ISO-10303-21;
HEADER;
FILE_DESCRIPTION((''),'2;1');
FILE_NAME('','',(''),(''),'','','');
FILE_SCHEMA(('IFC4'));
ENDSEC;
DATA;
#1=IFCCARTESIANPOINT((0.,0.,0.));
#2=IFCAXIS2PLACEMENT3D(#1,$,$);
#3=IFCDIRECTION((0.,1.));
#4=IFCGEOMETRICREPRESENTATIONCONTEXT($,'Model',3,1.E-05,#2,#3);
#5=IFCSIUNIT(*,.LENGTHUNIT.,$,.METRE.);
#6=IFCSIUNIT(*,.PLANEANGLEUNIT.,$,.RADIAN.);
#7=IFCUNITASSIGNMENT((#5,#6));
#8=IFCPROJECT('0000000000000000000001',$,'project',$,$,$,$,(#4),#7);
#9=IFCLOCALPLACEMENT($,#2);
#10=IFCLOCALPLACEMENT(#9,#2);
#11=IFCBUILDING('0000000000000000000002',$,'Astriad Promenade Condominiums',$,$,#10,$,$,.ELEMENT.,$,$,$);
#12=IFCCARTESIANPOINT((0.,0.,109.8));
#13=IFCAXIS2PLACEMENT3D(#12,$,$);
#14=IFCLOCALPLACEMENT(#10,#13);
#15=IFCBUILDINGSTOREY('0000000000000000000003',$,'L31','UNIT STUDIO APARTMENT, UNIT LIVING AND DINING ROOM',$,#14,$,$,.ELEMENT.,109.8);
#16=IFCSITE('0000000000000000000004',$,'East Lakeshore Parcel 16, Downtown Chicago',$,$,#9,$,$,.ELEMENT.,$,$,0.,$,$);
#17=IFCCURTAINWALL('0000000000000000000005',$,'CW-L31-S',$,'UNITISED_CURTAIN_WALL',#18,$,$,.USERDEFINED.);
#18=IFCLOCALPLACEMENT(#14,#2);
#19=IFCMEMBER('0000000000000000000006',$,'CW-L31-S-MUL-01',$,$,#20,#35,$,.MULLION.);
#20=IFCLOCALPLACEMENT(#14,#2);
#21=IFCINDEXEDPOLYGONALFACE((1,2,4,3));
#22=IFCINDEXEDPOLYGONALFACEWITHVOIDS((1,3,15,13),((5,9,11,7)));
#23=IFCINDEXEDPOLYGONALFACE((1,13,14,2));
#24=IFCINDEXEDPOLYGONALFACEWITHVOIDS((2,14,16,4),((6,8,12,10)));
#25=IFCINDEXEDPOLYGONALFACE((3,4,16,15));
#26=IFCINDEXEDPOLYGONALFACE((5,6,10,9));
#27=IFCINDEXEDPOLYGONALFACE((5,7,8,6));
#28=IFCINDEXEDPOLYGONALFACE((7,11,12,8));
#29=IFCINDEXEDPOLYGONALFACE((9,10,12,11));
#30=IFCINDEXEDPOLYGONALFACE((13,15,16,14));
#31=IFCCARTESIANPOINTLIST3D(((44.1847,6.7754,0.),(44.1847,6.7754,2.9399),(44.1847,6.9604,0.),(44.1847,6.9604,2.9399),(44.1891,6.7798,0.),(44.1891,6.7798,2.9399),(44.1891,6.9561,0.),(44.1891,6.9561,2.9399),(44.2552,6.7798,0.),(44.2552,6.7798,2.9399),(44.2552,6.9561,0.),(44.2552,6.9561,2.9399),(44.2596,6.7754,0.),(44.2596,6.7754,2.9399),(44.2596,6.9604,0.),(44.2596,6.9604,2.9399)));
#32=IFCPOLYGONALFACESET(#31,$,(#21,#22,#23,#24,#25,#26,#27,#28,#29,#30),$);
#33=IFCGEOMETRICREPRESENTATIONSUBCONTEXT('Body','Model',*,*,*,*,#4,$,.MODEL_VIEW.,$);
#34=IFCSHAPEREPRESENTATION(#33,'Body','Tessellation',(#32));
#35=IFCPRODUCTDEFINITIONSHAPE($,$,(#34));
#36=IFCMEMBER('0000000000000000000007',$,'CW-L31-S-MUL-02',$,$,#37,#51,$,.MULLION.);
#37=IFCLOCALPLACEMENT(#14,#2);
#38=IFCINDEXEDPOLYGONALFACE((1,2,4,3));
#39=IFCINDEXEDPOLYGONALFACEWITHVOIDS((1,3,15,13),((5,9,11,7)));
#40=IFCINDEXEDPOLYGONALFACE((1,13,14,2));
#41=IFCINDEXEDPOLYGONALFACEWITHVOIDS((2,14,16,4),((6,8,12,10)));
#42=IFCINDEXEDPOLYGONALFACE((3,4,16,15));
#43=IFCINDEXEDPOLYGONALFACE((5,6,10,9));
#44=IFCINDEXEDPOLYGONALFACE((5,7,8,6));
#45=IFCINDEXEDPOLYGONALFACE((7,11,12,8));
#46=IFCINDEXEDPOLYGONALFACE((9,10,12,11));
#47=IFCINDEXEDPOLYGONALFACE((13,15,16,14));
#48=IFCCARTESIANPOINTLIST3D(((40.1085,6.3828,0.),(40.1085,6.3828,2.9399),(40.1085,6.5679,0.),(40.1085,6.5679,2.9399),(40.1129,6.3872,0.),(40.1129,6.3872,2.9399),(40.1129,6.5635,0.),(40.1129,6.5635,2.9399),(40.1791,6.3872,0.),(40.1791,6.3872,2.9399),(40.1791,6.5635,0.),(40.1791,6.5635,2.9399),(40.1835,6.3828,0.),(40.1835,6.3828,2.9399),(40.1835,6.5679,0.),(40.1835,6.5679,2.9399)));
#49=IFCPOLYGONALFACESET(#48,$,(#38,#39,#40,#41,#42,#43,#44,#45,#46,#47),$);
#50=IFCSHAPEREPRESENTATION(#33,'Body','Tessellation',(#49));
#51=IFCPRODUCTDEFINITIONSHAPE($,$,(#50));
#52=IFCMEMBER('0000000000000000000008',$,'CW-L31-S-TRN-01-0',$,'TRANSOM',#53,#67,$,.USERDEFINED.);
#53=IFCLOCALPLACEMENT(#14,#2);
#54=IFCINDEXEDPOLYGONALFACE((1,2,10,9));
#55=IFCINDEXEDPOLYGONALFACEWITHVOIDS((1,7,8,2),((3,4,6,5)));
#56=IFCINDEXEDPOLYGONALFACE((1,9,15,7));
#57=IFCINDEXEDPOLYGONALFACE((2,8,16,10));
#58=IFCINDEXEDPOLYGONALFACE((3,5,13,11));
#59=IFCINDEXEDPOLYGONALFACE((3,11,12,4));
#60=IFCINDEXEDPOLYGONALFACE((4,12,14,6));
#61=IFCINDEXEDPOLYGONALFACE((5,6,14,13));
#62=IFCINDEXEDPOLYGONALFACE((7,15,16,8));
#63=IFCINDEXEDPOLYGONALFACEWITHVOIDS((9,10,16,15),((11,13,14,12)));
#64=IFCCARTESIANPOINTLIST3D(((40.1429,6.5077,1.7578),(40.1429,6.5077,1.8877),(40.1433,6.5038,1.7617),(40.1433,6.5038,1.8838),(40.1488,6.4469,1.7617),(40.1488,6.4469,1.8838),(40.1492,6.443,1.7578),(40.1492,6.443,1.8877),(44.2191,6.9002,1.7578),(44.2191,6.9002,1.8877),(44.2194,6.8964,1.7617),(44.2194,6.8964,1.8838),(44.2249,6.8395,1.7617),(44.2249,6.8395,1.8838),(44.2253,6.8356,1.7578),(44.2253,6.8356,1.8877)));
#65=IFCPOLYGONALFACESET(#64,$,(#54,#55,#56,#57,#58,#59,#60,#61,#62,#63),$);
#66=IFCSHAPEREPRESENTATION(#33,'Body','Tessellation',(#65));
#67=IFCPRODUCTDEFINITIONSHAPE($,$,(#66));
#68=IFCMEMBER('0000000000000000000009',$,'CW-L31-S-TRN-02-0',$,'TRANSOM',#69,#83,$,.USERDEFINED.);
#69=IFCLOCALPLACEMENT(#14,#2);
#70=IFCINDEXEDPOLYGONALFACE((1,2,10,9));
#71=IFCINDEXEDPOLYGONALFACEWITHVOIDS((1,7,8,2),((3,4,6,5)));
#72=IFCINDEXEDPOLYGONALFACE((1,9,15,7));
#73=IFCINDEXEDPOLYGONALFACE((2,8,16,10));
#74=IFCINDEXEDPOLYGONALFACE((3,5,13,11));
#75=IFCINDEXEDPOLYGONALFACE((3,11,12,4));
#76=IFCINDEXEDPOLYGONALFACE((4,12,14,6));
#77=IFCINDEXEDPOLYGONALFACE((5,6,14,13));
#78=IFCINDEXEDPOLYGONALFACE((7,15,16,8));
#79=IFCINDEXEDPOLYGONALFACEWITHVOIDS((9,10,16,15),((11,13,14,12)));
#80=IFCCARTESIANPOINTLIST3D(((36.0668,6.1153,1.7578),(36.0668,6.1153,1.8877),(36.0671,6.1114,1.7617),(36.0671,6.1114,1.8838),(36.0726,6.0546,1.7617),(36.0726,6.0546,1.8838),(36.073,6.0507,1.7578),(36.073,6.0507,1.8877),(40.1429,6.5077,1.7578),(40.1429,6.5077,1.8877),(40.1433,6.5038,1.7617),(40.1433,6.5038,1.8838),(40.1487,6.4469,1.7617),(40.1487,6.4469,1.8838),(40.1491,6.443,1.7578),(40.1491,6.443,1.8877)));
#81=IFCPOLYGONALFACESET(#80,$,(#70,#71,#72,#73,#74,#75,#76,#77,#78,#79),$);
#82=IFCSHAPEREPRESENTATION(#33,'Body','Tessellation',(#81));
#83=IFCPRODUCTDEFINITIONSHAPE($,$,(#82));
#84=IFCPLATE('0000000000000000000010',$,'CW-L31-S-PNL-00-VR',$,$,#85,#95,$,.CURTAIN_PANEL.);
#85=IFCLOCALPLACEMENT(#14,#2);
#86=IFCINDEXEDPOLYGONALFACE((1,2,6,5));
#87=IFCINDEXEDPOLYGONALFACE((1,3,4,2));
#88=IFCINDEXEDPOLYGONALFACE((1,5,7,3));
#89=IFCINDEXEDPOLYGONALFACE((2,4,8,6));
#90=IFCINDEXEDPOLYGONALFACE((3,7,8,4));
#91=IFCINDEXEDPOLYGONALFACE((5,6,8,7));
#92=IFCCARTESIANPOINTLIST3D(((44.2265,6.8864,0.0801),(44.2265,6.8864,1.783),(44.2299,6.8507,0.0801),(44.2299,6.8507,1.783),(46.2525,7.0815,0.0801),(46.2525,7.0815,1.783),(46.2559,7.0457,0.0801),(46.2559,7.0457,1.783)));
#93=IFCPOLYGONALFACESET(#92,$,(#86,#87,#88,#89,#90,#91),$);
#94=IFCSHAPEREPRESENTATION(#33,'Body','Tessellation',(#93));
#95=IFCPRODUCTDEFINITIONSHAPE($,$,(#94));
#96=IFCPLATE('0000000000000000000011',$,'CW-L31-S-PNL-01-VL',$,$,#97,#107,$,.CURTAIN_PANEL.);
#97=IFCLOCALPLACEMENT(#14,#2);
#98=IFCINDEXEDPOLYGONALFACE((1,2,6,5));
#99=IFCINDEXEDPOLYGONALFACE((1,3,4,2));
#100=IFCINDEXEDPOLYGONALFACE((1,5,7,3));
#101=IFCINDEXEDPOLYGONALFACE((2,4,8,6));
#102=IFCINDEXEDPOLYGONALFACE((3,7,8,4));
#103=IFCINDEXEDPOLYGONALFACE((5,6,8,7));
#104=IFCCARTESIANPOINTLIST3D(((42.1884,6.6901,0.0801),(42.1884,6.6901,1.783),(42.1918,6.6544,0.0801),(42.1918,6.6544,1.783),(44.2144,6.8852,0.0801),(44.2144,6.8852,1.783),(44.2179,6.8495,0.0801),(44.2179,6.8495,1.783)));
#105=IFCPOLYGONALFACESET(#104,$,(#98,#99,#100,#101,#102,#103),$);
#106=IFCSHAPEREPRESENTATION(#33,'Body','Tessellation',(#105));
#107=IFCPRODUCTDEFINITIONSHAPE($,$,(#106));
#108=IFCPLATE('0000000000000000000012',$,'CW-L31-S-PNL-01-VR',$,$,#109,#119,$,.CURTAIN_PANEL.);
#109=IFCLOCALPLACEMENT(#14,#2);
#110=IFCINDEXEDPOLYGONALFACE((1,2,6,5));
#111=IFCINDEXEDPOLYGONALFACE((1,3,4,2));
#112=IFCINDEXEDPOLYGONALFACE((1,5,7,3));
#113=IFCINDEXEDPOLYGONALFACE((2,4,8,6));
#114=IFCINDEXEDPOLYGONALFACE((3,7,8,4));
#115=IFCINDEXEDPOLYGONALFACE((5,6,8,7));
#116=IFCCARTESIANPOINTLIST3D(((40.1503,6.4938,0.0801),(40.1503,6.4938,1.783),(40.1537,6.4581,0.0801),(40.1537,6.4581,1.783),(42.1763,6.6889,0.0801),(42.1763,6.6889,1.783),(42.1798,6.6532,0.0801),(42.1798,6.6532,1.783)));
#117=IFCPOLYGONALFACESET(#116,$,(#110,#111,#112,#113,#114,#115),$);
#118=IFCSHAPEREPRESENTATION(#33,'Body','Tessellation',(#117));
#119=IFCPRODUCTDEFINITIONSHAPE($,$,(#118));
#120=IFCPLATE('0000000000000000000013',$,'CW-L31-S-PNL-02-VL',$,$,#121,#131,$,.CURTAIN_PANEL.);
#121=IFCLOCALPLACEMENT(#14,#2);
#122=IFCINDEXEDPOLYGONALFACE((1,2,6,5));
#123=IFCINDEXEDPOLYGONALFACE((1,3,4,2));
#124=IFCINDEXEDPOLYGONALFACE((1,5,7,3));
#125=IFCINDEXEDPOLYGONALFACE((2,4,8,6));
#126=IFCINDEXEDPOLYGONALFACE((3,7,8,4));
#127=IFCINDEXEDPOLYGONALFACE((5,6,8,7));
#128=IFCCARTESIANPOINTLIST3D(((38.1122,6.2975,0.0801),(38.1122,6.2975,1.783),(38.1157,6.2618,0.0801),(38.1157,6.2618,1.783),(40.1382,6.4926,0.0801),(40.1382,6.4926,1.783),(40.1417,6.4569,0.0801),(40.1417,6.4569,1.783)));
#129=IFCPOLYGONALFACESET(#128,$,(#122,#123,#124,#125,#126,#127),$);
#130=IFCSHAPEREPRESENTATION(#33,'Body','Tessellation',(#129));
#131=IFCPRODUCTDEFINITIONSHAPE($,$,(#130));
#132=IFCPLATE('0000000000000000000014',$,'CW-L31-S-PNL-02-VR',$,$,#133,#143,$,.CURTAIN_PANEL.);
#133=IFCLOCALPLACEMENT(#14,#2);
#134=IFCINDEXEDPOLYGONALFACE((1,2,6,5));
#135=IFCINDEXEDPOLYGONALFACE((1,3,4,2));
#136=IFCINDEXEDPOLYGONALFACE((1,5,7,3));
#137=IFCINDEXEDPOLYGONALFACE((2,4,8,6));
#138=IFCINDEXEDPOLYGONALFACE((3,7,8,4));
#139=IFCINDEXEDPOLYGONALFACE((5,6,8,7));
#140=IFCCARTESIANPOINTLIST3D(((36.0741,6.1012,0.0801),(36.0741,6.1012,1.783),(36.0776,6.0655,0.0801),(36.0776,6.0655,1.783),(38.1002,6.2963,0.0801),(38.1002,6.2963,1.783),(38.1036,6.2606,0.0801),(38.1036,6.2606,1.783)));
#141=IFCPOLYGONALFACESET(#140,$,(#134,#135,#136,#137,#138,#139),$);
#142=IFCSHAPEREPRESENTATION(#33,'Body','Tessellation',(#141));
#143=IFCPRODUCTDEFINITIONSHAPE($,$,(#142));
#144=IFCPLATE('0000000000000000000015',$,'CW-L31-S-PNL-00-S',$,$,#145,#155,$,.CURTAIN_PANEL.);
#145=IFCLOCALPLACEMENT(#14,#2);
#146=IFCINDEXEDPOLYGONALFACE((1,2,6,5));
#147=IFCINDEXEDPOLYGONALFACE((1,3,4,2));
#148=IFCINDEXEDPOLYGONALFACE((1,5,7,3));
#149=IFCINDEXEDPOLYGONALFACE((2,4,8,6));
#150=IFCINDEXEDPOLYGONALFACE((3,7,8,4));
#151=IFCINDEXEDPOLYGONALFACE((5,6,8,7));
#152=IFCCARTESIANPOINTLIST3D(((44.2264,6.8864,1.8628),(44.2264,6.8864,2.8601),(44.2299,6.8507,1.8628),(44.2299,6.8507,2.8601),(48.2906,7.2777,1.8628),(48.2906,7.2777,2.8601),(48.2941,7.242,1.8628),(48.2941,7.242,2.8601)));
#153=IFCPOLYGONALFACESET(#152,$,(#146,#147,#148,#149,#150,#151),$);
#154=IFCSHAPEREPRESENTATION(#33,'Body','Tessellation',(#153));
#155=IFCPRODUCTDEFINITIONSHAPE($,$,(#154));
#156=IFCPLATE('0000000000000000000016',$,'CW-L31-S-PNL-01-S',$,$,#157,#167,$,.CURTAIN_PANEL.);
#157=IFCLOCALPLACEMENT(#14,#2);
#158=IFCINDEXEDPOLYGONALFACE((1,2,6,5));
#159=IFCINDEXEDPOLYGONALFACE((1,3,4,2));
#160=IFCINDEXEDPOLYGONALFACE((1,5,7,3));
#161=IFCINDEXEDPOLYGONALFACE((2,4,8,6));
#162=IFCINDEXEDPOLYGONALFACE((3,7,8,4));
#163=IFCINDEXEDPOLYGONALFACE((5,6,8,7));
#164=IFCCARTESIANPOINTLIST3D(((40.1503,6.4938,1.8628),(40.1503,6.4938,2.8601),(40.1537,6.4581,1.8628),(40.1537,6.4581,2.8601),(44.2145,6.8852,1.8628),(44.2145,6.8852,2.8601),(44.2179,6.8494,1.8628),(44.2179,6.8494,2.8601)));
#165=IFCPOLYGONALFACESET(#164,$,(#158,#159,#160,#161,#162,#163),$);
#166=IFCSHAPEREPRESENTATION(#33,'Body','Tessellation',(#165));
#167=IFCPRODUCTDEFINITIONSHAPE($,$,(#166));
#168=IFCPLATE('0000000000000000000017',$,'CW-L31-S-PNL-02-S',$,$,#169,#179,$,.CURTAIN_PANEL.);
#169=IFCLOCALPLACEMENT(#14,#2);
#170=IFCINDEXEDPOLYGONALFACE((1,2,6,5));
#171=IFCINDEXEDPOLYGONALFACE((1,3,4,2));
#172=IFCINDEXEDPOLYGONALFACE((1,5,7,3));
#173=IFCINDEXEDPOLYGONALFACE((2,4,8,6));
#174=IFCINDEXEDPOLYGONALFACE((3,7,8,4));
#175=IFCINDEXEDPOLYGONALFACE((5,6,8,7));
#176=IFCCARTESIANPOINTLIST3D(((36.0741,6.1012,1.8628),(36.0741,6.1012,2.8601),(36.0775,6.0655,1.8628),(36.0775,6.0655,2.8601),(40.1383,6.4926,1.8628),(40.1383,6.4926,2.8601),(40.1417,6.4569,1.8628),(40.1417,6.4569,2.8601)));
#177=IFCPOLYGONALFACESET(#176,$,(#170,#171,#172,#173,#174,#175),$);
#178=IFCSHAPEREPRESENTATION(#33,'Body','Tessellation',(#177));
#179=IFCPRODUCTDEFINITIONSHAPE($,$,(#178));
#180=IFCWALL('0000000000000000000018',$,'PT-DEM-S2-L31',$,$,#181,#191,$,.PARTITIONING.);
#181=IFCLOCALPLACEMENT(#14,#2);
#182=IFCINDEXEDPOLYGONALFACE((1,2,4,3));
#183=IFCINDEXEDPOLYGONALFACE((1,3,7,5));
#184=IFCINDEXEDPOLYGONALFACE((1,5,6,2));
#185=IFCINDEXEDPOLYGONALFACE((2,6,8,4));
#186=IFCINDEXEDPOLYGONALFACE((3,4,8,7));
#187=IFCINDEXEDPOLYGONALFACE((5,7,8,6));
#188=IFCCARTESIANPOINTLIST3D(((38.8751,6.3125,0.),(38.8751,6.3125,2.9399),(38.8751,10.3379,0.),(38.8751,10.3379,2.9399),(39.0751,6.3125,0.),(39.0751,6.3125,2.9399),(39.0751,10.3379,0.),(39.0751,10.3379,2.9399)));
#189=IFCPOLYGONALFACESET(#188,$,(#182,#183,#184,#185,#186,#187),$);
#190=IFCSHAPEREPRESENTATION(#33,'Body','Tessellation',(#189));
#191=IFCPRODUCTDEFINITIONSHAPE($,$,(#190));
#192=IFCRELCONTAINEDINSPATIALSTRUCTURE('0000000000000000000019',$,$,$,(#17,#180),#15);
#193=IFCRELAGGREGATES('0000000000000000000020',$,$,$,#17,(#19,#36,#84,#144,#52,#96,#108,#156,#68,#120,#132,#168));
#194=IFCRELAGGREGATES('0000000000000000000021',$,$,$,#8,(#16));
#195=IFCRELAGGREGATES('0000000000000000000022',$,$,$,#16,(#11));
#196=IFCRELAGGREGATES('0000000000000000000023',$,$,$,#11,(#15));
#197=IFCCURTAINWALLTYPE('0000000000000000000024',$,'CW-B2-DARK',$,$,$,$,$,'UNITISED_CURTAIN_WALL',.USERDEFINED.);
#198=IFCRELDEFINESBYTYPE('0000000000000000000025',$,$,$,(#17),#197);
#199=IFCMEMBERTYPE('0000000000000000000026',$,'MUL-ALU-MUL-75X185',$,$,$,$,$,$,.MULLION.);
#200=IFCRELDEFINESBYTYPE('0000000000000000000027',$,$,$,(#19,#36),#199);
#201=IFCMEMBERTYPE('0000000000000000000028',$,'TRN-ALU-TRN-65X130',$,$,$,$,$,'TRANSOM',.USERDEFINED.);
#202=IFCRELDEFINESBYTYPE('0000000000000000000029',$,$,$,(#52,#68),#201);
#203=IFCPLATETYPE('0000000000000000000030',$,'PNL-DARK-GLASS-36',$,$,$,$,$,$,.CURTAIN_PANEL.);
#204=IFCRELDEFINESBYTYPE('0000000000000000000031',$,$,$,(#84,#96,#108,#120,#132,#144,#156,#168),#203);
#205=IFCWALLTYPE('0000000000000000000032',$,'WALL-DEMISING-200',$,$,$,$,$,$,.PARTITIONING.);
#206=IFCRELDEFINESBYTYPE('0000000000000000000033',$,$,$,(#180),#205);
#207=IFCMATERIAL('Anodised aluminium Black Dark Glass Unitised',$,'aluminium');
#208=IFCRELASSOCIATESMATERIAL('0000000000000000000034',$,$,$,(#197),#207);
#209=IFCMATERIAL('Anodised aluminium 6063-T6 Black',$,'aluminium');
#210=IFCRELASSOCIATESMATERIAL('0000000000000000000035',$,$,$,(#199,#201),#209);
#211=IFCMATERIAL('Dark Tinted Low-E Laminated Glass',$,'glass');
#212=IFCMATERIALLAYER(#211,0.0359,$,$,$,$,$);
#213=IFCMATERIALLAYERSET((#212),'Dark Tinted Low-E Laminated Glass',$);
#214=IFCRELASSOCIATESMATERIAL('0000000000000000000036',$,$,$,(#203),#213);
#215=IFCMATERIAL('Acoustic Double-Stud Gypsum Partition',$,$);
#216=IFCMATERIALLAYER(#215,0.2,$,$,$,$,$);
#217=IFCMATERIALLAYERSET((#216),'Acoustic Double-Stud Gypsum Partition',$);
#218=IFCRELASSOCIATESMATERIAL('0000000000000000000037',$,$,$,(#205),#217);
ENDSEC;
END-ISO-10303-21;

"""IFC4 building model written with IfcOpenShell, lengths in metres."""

from ifc_helpers import new_model, si_unit, direction, frame, frame_2d, origin, origin_2d, place, context, subcontext, project, spatial, rectangle, hollow_rectangle, extrude, source, transform, mapped, material, layer, layer_set, material_profile, profile_set, type_object, type_shapes, element, aggregate, save


model = new_model("IFC4")

# Units and contexts
model_context = context("Model", 3, precision=1e-05, world=origin(), true_north=direction((0.0, 1.0)))
body_context = subcontext(model_context, "Body", "Model", "MODEL_VIEW")
ifc_project = project(units=[si_unit("LENGTHUNIT", "METRE"), si_unit("PLANEANGLEUNIT", "RADIAN")], contexts=[model_context])

# Site, building, storey
site_placement = place(None, origin())
site = spatial("IfcSite", under=ifc_project, at=site_placement, Name="East Lakeshore Parcel 16, Downtown Chicago", CompositionType="ELEMENT", RefElevation=0.0)
building_placement = place(site_placement, origin())
building = spatial("IfcBuilding", under=site, at=building_placement, Name="Astriad Promenade Condominiums", CompositionType="ELEMENT")
storey_placement = place(building_placement, frame((0.0, 0.0, 109.8)))
storey = spatial("IfcBuildingStorey", under=building, at=storey_placement, Name="L31", Description="UNIT STUDIO APARTMENT, UNIT LIVING AND DINING ROOM", CompositionType="ELEMENT", Elevation=109.8)

# Curtain wall, members, plates
ifc_material_1 = material(Name="Anodised aluminium Black Dark Glass Unitised", Category="aluminium")
curtain_wall_type = type_object("IfcCurtainWallType", Name="CW-B2-DARK", ElementType="UNITISED_CURTAIN_WALL", PredefinedType="USERDEFINED", material=ifc_material_1)
curtain_wall_placement = place(storey_placement, origin())
curtain_wall = element("IfcCurtainWall", 1, at=curtain_wall_placement, inside=storey, type_object=curtain_wall_type, Name="CW-L31-S", ObjectType="UNITISED_CURTAIN_WALL", PredefinedType="USERDEFINED")
ifc_material_2 = material(Name="Anodised aluminium 6063-T6 Black", Category="aluminium")
ifc_material_profile_1 = material_profile(ifc_material_2, hollow_rectangle(XDim=0.075, YDim=0.1851, WallThickness=0.0044, at=origin_2d()), Name="ALU-MUL-75X185")
ifc_profile_set_1 = profile_set([ifc_material_profile_1], Name="Anodised aluminium 6063-T6 Black")
member_type_1 = type_object("IfcMemberType", Name="MUL-ALU-MUL-75X185", PredefinedType="MULLION", material=ifc_profile_set_1)
shared_shape_1 = source(origin(), body_context, "Body", "SweptSolid", [
    extrude(hollow_rectangle(XDim=0.075, YDim=0.1851, WallThickness=0.0044, at=origin_2d()), origin(), (0.0, 0.0, 1.0), 2.9399),
])
type_shapes(member_type_1, [shared_shape_1])
member_1_placement = place(storey_placement, frame((44.2222, 6.8679, 0.0), z_axis=(0.0, 0.0, 1.0), x_axis=(1.0, 0.0, 0.0)))
member_1 = element("IfcMember", 2, at=member_1_placement, type_object=member_type_1, Name="CW-L31-S-MUL-01", PredefinedType="MULLION", context=body_context, shape_type="MappedRepresentation", body=[
    mapped(shared_shape_1, transform((0.0, 0.0, 0.0), scale=1.0)),
])
member_2_placement = place(storey_placement, frame((40.146, 6.4753, 0.0), z_axis=(0.0, 0.0, 1.0), x_axis=(1.0, 0.0, 0.0)))
member_2 = element("IfcMember", 3, at=member_2_placement, type_object=member_type_1, Name="CW-L31-S-MUL-02", PredefinedType="MULLION", context=body_context, shape_type="MappedRepresentation", body=[
    mapped(shared_shape_1, transform((0.0, 0.0, 0.0), scale=1.0)),
])
ifc_material_profile_2 = material_profile(ifc_material_2, hollow_rectangle(XDim=0.0649, YDim=0.1299, WallThickness=0.0039, at=origin_2d()), Name="ALU-TRN-65X130")
ifc_profile_set_2 = profile_set([ifc_material_profile_2], Name="Anodised aluminium 6063-T6 Black")
member_type_2 = type_object("IfcMemberType", Name="TRN-ALU-TRN-65X130", ElementType="TRANSOM", PredefinedType="USERDEFINED", material=ifc_profile_set_2)
shared_shape_2 = source(origin(), body_context, "Body", "SweptSolid", [
    extrude(hollow_rectangle(XDim=0.0649, YDim=0.1299, WallThickness=0.0039, at=origin_2d()), origin(), (0.0, 0.0, 1.0), 4.095),
])
type_shapes(member_type_2, [shared_shape_2])
member_3_placement = place(storey_placement, frame((44.2222, 6.8679, 1.8228), z_axis=(-0.995394, -0.095867, 0.0), x_axis=(0.095867, -0.995394, 0.0)))
member_3 = element("IfcMember", 4, at=member_3_placement, type_object=member_type_2, Name="CW-L31-S-TRN-01-0", ObjectType="TRANSOM", PredefinedType="USERDEFINED", context=body_context, shape_type="MappedRepresentation", body=[
    mapped(shared_shape_2, transform((0.0, 0.0, 0.0), scale=1.0)),
])
member_4_placement = place(storey_placement, frame((40.146, 6.4753, 1.8228), z_axis=(-0.9954, -0.095808, 0.0), x_axis=(0.095808, -0.9954, 0.0)))
member_4 = element("IfcMember", 5, at=member_4_placement, type_object=member_type_2, Name="CW-L31-S-TRN-02-0", ObjectType="TRANSOM", PredefinedType="USERDEFINED", context=body_context, shape_type="MappedRepresentation", body=[
    mapped(shared_shape_2, transform((0.0, 0.0, 0.0), scale=1.0)),
])
ifc_material_3 = material(Name="Dark Tinted Low-E Laminated Glass", Category="glass")
ifc_layer_1 = layer(ifc_material_3, 0.0359)
ifc_layer_set_1 = layer_set([ifc_layer_1], Name="Dark Tinted Low-E Laminated Glass")
plate_type = type_object("IfcPlateType", Name="PNL-DARK-GLASS-36", PredefinedType="CURTAIN_PANEL", material=ifc_layer_set_1)
shared_shape_3 = source(origin(), body_context, "Body", "SweptSolid", [
    extrude(rectangle(XDim=2.0354, YDim=0.0359, at=origin_2d()), origin(), (0.0, 0.0, 1.0), 1.7029),
])
plate_1_placement = place(storey_placement, frame((45.2412, 6.9661, 0.0801), z_axis=(0.0, 0.0, 1.0), x_axis=(-0.995396, -0.095846, 0.0)))
plate_1 = element("IfcPlate", 6, at=plate_1_placement, type_object=plate_type, Name="CW-L31-S-PNL-00-VR", PredefinedType="CURTAIN_PANEL", context=body_context, shape_type="MappedRepresentation", body=[
    mapped(shared_shape_3, transform((0.0, 0.0, 0.0), scale=1.0)),
])
plate_2_placement = place(storey_placement, frame((43.2031, 6.7698, 0.0801), z_axis=(0.0, 0.0, 1.0), x_axis=(-0.995396, -0.095846, 0.0)))
plate_2 = element("IfcPlate", 7, at=plate_2_placement, type_object=plate_type, Name="CW-L31-S-PNL-01-VL", PredefinedType="CURTAIN_PANEL", context=body_context, shape_type="MappedRepresentation", body=[
    mapped(shared_shape_3, transform((0.0, 0.0, 0.0), scale=1.0)),
])
plate_3_placement = place(storey_placement, frame((41.165, 6.5735, 0.0801), z_axis=(0.0, 0.0, 1.0), x_axis=(-0.995396, -0.095846, 0.0)))
plate_3 = element("IfcPlate", 8, at=plate_3_placement, type_object=plate_type, Name="CW-L31-S-PNL-01-VR", PredefinedType="CURTAIN_PANEL", context=body_context, shape_type="MappedRepresentation", body=[
    mapped(shared_shape_3, transform((0.0, 0.0, 0.0), scale=1.0)),
])
plate_4_placement = place(storey_placement, frame((39.127, 6.3772, 0.0801), z_axis=(0.0, 0.0, 1.0), x_axis=(-0.995396, -0.095846, 0.0)))
plate_4 = element("IfcPlate", 9, at=plate_4_placement, type_object=plate_type, Name="CW-L31-S-PNL-02-VL", PredefinedType="CURTAIN_PANEL", context=body_context, shape_type="MappedRepresentation", body=[
    mapped(shared_shape_3, transform((0.0, 0.0, 0.0), scale=1.0)),
])
plate_5_placement = place(storey_placement, frame((37.0889, 6.1809, 0.0801), z_axis=(0.0, 0.0, 1.0), x_axis=(-0.995396, -0.095846, 0.0)))
plate_5 = element("IfcPlate", 10, at=plate_5_placement, type_object=plate_type, Name="CW-L31-S-PNL-02-VR", PredefinedType="CURTAIN_PANEL", context=body_context, shape_type="MappedRepresentation", body=[
    mapped(shared_shape_3, transform((0.0, 0.0, 0.0), scale=1.0)),
])
shared_shape_4 = source(origin(), body_context, "Body", "SweptSolid", [
    extrude(rectangle(XDim=4.083, YDim=0.0359, at=origin_2d()), origin(), (0.0, 0.0, 1.0), 0.9973),
])
type_shapes(plate_type, [shared_shape_3, shared_shape_4])
plate_6_placement = place(storey_placement, frame((46.2603, 7.0642, 1.8628), z_axis=(0.0, 0.0, 1.0), x_axis=(-0.995396, -0.095846, 0.0)))
plate_6 = element("IfcPlate", 11, at=plate_6_placement, type_object=plate_type, Name="CW-L31-S-PNL-00-S", PredefinedType="CURTAIN_PANEL", context=body_context, shape_type="MappedRepresentation", body=[
    mapped(shared_shape_4, transform((0.0, 0.0, 0.0), scale=1.0)),
])
plate_7_placement = place(storey_placement, frame((42.1841, 6.6716, 1.8628), z_axis=(0.0, 0.0, 1.0), x_axis=(-0.995396, -0.095846, 0.0)))
plate_7 = element("IfcPlate", 12, at=plate_7_placement, type_object=plate_type, Name="CW-L31-S-PNL-01-S", PredefinedType="CURTAIN_PANEL", context=body_context, shape_type="MappedRepresentation", body=[
    mapped(shared_shape_4, transform((0.0, 0.0, 0.0), scale=1.0)),
])
plate_8_placement = place(storey_placement, frame((38.1079, 6.2791, 1.8628), z_axis=(0.0, 0.0, 1.0), x_axis=(-0.995396, -0.095846, 0.0)))
plate_8 = element("IfcPlate", 13, at=plate_8_placement, type_object=plate_type, Name="CW-L31-S-PNL-02-S", PredefinedType="CURTAIN_PANEL", context=body_context, shape_type="MappedRepresentation", body=[
    mapped(shared_shape_4, transform((0.0, 0.0, 0.0), scale=1.0)),
])
aggregate(curtain_wall, [member_1, member_2, plate_1, plate_6, member_3, plate_2, plate_3, plate_7, member_4, plate_4, plate_5, plate_8])

# Wall
ifc_material_4 = material(Name="Acoustic Double-Stud Gypsum Partition")
ifc_layer_2 = layer(ifc_material_4, 0.2)
ifc_layer_set_2 = layer_set([ifc_layer_2], Name="Acoustic Double-Stud Gypsum Partition")
wall_type = type_object("IfcWallType", Name="WALL-DEMISING-200", PredefinedType="PARTITIONING", material=ifc_layer_set_2)
wall_placement = place(storey_placement, frame((38.9751, 6.3125, 0.0), z_axis=(0.0, 0.0, 1.0), x_axis=(0.0, 1.0, 0.0)))
element("IfcWall", 14, at=wall_placement, inside=storey, type_object=wall_type, Name="PT-DEM-S2-L31", PredefinedType="PARTITIONING", context=body_context, shape_type="SweptSolid", body=[
    extrude(rectangle(XDim=4.0254, YDim=0.2, at=frame_2d((2.0127, 0.0))), origin(), (0.0, 0.0, 1.0), 2.9399),
])

save(model, "model.ifc")
